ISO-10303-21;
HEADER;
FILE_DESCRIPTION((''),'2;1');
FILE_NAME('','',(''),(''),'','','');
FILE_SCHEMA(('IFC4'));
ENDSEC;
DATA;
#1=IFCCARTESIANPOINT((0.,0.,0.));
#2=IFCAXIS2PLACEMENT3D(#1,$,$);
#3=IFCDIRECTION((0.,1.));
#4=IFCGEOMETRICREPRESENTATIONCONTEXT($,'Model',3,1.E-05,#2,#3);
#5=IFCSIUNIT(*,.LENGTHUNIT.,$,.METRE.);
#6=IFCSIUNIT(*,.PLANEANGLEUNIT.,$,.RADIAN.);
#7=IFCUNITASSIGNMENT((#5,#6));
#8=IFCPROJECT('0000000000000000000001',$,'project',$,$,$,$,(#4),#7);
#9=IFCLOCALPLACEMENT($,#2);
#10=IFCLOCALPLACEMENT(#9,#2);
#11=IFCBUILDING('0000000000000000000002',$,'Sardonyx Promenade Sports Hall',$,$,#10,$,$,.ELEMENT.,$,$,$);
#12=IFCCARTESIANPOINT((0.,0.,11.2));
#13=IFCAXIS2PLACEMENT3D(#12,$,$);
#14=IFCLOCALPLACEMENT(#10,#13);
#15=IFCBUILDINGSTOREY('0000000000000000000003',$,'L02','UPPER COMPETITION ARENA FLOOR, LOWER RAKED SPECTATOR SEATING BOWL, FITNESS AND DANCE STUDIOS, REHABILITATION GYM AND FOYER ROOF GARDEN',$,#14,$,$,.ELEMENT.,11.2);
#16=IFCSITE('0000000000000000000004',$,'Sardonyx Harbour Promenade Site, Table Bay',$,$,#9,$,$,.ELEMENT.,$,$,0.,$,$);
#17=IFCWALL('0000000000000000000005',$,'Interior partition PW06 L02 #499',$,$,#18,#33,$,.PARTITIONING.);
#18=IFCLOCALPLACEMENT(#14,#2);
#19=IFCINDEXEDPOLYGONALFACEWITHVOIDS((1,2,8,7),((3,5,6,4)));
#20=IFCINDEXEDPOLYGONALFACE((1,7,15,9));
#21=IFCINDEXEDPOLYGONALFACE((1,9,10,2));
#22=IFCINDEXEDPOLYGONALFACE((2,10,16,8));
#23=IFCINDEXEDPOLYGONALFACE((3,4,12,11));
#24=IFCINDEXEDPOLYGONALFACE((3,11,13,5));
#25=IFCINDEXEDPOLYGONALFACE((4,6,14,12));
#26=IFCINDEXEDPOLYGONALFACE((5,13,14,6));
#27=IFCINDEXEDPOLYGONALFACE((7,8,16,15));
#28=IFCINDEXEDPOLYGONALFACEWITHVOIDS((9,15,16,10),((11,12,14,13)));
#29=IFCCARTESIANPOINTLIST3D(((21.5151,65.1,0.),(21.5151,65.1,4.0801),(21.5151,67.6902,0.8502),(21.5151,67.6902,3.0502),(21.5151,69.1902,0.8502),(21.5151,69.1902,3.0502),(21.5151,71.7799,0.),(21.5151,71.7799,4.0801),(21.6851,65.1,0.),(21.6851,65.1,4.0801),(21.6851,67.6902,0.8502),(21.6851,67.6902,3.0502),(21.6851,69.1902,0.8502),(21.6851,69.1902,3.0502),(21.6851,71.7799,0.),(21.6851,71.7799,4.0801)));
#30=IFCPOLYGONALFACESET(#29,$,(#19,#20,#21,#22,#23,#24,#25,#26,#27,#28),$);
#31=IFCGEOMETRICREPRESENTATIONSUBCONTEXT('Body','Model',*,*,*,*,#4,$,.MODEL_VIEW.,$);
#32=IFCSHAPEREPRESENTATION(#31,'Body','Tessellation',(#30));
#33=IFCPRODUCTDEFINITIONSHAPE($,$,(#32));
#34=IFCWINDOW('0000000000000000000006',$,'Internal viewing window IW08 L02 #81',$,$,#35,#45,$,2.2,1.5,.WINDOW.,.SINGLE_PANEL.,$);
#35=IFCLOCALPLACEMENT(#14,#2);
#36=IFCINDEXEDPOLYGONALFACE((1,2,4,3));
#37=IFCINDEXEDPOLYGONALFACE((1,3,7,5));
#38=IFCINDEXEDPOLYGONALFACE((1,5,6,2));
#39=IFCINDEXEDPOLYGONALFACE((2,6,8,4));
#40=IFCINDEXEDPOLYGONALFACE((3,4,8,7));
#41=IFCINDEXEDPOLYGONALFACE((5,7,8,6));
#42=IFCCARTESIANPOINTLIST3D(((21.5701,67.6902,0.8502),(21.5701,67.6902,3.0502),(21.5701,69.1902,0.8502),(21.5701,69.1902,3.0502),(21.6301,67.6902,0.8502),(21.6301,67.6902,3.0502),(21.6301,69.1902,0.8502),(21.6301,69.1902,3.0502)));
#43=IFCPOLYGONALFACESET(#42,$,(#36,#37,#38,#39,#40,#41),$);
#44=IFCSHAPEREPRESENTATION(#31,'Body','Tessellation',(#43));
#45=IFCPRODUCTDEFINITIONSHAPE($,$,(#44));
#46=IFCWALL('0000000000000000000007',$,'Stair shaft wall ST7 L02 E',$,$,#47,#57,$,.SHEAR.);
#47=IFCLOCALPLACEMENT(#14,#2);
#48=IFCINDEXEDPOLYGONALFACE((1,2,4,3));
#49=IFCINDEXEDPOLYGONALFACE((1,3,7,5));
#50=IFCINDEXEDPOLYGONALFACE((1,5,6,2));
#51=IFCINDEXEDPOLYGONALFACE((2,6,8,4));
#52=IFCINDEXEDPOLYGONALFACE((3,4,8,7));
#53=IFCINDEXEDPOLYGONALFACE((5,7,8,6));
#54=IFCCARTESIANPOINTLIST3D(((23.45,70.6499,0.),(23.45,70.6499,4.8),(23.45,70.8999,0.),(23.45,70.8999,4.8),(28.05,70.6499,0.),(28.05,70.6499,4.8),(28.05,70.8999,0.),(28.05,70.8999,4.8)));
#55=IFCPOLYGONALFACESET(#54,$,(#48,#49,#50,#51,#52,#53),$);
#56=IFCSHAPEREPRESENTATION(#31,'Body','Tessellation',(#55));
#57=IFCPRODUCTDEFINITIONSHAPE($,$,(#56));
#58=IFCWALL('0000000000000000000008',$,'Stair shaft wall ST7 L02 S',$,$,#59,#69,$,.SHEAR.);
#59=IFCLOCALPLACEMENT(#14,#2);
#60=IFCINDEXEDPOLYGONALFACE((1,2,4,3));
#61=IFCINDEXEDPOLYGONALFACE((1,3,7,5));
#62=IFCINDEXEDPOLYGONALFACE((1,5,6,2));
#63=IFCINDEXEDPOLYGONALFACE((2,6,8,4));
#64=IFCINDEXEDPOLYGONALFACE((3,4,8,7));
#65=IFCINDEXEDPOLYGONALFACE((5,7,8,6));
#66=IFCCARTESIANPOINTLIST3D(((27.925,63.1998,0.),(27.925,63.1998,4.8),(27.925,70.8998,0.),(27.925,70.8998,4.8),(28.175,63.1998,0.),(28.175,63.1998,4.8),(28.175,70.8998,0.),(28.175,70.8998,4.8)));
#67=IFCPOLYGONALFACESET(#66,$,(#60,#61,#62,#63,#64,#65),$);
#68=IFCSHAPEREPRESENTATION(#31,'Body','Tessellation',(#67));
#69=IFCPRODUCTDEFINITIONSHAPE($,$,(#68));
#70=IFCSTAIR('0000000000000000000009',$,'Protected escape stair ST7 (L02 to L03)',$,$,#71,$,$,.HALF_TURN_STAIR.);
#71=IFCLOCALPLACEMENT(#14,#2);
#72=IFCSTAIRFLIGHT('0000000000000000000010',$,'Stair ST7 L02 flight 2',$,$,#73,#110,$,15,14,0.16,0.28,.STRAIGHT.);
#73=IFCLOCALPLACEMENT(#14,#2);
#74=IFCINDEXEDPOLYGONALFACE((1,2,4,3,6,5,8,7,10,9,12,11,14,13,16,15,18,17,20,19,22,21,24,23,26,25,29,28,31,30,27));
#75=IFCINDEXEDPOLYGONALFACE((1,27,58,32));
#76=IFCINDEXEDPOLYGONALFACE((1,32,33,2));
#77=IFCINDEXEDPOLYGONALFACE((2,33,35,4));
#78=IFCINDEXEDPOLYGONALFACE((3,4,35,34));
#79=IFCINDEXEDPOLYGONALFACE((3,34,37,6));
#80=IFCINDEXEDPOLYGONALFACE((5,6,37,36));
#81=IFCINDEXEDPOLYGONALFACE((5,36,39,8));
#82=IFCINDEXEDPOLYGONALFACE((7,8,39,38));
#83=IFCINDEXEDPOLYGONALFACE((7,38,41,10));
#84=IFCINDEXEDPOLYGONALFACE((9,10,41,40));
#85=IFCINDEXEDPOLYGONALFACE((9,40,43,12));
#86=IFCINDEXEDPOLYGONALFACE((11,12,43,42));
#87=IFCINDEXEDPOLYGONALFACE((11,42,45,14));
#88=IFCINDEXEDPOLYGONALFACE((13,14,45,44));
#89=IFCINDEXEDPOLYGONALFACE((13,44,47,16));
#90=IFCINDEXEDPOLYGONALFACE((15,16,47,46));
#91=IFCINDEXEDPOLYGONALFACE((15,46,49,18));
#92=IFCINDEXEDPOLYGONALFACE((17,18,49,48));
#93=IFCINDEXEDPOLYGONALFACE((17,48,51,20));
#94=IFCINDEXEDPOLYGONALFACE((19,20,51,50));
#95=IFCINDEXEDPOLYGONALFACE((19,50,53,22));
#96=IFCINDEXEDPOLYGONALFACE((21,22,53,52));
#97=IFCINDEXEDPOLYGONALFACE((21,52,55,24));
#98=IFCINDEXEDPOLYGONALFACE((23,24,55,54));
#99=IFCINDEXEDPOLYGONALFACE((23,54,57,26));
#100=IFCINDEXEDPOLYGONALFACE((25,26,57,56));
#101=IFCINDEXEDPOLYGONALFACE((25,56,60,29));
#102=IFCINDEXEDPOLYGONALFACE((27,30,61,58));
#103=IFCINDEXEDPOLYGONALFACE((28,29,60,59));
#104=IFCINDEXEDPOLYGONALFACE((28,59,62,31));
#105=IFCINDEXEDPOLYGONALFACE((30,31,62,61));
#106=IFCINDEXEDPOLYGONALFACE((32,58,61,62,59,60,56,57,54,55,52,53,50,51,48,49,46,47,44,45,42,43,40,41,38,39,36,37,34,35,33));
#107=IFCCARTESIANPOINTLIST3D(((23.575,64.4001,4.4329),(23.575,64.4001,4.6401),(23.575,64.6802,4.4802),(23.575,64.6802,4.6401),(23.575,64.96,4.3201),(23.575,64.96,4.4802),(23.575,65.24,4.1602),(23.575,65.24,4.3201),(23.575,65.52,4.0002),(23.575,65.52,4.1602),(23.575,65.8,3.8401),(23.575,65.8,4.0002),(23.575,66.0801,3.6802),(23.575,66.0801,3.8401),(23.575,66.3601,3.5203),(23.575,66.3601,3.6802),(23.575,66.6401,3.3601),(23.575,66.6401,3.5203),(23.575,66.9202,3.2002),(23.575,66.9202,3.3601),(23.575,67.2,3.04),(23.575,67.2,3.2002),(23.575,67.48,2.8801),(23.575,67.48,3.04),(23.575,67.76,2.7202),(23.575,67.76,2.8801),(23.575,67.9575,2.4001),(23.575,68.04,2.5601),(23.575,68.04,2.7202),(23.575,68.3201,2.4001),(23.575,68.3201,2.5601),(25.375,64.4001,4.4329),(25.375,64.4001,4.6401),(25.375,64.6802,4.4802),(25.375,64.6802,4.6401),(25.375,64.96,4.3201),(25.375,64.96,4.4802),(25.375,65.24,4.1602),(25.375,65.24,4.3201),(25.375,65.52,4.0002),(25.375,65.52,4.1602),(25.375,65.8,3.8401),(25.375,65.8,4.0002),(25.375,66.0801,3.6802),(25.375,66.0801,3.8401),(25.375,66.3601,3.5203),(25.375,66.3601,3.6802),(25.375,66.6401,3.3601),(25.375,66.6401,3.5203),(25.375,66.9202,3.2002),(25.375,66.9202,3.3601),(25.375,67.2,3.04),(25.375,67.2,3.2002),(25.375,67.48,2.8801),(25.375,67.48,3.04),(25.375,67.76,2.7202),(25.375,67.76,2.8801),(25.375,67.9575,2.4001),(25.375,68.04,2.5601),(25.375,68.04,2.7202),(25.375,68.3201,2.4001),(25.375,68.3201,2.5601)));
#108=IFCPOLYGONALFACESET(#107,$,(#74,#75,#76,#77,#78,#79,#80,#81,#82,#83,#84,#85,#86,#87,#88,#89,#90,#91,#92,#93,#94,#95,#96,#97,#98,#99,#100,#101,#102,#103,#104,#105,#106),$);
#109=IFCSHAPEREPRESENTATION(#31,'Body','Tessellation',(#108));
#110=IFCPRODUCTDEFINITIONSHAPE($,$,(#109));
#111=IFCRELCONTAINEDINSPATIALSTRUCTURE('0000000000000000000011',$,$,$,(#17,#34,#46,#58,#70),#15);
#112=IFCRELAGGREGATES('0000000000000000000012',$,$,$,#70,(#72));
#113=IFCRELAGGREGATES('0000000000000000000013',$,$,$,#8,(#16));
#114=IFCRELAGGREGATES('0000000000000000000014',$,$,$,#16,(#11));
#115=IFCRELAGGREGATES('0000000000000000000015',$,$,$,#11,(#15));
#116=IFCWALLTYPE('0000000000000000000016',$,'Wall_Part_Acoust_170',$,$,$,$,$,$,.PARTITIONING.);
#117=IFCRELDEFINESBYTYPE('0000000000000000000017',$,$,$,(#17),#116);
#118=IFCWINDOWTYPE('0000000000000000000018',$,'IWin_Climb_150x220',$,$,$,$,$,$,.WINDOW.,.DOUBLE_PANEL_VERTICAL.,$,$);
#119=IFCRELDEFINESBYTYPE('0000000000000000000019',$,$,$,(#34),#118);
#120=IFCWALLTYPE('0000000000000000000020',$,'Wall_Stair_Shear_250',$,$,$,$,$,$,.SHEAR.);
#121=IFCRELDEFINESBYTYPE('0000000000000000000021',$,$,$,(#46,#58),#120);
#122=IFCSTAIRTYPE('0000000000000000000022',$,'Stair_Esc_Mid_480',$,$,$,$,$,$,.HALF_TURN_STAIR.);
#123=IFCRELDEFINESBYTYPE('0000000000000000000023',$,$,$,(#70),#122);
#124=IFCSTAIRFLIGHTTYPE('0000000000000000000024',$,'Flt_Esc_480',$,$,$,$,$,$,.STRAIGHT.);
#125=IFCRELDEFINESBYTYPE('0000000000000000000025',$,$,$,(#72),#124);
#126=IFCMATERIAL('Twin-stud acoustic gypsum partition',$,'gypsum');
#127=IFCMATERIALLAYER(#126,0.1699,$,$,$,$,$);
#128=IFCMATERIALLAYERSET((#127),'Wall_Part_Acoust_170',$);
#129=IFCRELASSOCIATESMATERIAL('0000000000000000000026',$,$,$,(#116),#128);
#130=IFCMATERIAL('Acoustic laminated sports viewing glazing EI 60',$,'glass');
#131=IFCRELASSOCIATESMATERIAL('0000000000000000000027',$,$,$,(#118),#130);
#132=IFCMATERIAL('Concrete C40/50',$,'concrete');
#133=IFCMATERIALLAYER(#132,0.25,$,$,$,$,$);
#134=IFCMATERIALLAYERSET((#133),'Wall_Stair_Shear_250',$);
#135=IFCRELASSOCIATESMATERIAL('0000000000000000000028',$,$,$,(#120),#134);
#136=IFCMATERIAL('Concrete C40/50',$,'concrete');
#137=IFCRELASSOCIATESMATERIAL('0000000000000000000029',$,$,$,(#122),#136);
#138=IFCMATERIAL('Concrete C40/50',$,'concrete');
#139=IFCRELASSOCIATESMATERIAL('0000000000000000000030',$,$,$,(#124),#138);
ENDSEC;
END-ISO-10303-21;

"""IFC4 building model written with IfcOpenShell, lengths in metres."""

from ifc_helpers import new_model, si_unit, direction, frame, frame_2d, origin, place, context, subcontext, project, spatial, polyline, rectangle, outline, extrude, material, layer, layer_set, type_object, element, fill, aggregate, save


model = new_model("IFC4")

# Units and contexts
model_context = context("Model", 3, precision=1e-05, world=origin(), true_north=direction((0.0, 1.0)))
body_context = subcontext(model_context, "Body", "Model", "MODEL_VIEW")
ifc_project = project(units=[si_unit("LENGTHUNIT", "METRE"), si_unit("PLANEANGLEUNIT", "RADIAN")], contexts=[model_context])

# Site, building, storey
site_placement = place(None, origin())
site = spatial("IfcSite", under=ifc_project, at=site_placement, Name="Sardonyx Harbour Promenade Site, Table Bay", CompositionType="ELEMENT", RefElevation=0.0)
building_placement = place(site_placement, origin())
building = spatial("IfcBuilding", under=site, at=building_placement, Name="Sardonyx Promenade Sports Hall", CompositionType="ELEMENT")
storey_placement = place(building_placement, frame((0.0, 0.0, 11.2)))
storey = spatial("IfcBuildingStorey", under=building, at=storey_placement, Name="L02", Description="UPPER COMPETITION ARENA FLOOR, LOWER RAKED SPECTATOR SEATING BOWL, FITNESS AND DANCE STUDIOS, REHABILITATION GYM AND FOYER ROOF GARDEN", CompositionType="ELEMENT", Elevation=11.2)

# Wall, opening, window
ifc_material_1 = material(Name="Twin-stud acoustic gypsum partition", Category="gypsum")
ifc_layer_1 = layer(ifc_material_1, 0.1699)
ifc_layer_set_1 = layer_set([ifc_layer_1], Name="Wall_Part_Acoust_170")
wall_type_1 = type_object("IfcWallType", Name="Wall_Part_Acoust_170", PredefinedType="PARTITIONING", material=ifc_layer_set_1)
wall_1_placement = place(storey_placement, frame((21.6001, 65.1001, 0.0), z_axis=(0.0, 0.0, 1.0), x_axis=(0.0, 1.0, 0.0)))
wall_1 = element("IfcWall", 1, at=wall_1_placement, inside=storey, type_object=wall_type_1, Name="Interior partition PW06 L02 #499", PredefinedType="PARTITIONING", context=body_context, shape_type="SweptSolid", body=[
    extrude(rectangle(XDim=6.6799, YDim=0.1699, at=frame_2d((3.3398, 0.0))), origin(), (0.0, 0.0, 1.0), 4.0801),
])
opening_placement = place(wall_1_placement, frame((2.5901, 0.0, 0.8501)))
opening = element("IfcOpeningElement", 2, at=opening_placement, cuts=wall_1, PredefinedType="OPENING", context=body_context, shape_type="SweptSolid", body=[
    extrude(rectangle(XDim=1.5, YDim=2.2, at=frame_2d((0.75, 1.1001))), frame((0.0, 0.095, 0.0), z_axis=(0.0, -1.0, 0.0), x_axis=(1.0, 0.0, 0.0)), (0.0, 0.0, 1.0), 0.19),
])
ifc_material_2 = material(Name="Acoustic laminated sports viewing glazing EI 60", Category="glass")
window_type = type_object("IfcWindowType", Name="IWin_Climb_150x220", PartitioningType="DOUBLE_PANEL_VERTICAL", PredefinedType="WINDOW", material=ifc_material_2)
window_placement = place(opening_placement, origin())
window = element("IfcWindow", 3, at=window_placement, inside=storey, type_object=window_type, Name="Internal viewing window IW08 L02 #81", OverallHeight=2.2, OverallWidth=1.5, PartitioningType="SINGLE_PANEL", PredefinedType="WINDOW", context=body_context, shape_type="SweptSolid", body=[
    extrude(rectangle(XDim=1.5, YDim=2.2, at=frame_2d((0.75, 1.1001))), frame((0.0, 0.03, 0.0), z_axis=(0.0, -1.0, 0.0), x_axis=(1.0, 0.0, 0.0)), (0.0, 0.0, 1.0), 0.0601),
])
fill(opening, window)

# Walls
ifc_material_3 = material(Name="Concrete C40/50", Category="concrete")
ifc_layer_2 = layer(ifc_material_3, 0.25)
ifc_layer_set_2 = layer_set([ifc_layer_2], Name="Wall_Stair_Shear_250")
wall_type_2 = type_object("IfcWallType", Name="Wall_Stair_Shear_250", PredefinedType="SHEAR", material=ifc_layer_set_2)
wall_2_placement = place(storey_placement, frame((23.45, 70.7749, 0.0), z_axis=(0.0, 0.0, 1.0), x_axis=(1.0, 0.0, 0.0)))
element("IfcWall", 4, at=wall_2_placement, inside=storey, type_object=wall_type_2, Name="Stair shaft wall ST7 L02 E", PredefinedType="SHEAR", context=body_context, shape_type="SweptSolid", body=[
    extrude(rectangle(XDim=4.6001, YDim=0.25, at=frame_2d((2.3, 0.0))), origin(), (0.0, 0.0, 1.0), 4.8),
])
wall_3_placement = place(storey_placement, frame((28.05, 70.8999, 0.0), z_axis=(0.0, 0.0, 1.0), x_axis=(0.0, -1.0, 0.0)))
element("IfcWall", 5, at=wall_3_placement, inside=storey, type_object=wall_type_2, Name="Stair shaft wall ST7 L02 S", PredefinedType="SHEAR", context=body_context, shape_type="SweptSolid", body=[
    extrude(rectangle(XDim=7.7, YDim=0.25, at=frame_2d((3.8501, 0.0))), origin(), (0.0, 0.0, 1.0), 4.8),
])

# Stair, stair flight
ifc_material_4 = material(Name="Concrete C40/50", Category="concrete")
stair_type = type_object("IfcStairType", Name="Stair_Esc_Mid_480", PredefinedType="HALF_TURN_STAIR", material=ifc_material_4)
stair_placement = place(storey_placement, origin())
stair = element("IfcStair", 6, at=stair_placement, inside=storey, type_object=stair_type, Name="Protected escape stair ST7 (L02 to L03)", PredefinedType="HALF_TURN_STAIR")
ifc_material_5 = material(Name="Concrete C40/50", Category="concrete")
stair_flight_type = type_object("IfcStairFlightType", Name="Flt_Esc_480", PredefinedType="STRAIGHT", material=ifc_material_5)
stair_flight_placement = place(storey_placement, frame((24.4751, 68.3201, 2.4001), z_axis=(0.0, 0.0, 1.0), x_axis=(0.0, -1.0, 0.0)))
stair_flight = element("IfcStairFlight", 7, at=stair_flight_placement, type_object=stair_flight_type, Name="Stair ST7 L02 flight 2", NumberOfRisers=15, NumberOfTreads=14, PredefinedType="STRAIGHT", RiserHeight=0.16, TreadLength=0.28, context=body_context, shape_type="SweptSolid", body=[
    extrude(outline(polyline([(0.0, 0.0), (0.0, 0.1599), (0.28, 0.1599), (0.28, 0.3201), (0.5601, 0.3201), (0.5601, 0.48), (0.8401, 0.48), (0.8401, 0.6399), (1.1201, 0.6399), (1.1201, 0.8), (1.3999, 0.8), (1.3999, 0.96), (1.6799, 0.96), (1.6799, 1.1201), (1.96, 1.1201), (1.96, 1.28), (2.24, 1.28), (2.24, 1.4399), (2.52, 1.4399), (2.52, 1.6001), (2.8, 1.6001), (2.8, 1.76), (3.0801, 1.76), (3.0801, 1.9199), (3.3601, 1.9199), (3.3601, 2.0801), (3.6399, 2.0801), (3.6399, 2.24), (3.9199, 2.24), (3.9199, 2.3999), (3.9199, 2.0327), (0.3625, 0.0), (0.0, 0.0)])), frame((0.0, 0.8999, 0.0), z_axis=(0.0, -1.0, 0.0), x_axis=(1.0, 0.0, 0.0)), (0.0, 0.0, 1.0), 1.8),
])
aggregate(stair, [stair_flight])

save(model, "model.ifc")
